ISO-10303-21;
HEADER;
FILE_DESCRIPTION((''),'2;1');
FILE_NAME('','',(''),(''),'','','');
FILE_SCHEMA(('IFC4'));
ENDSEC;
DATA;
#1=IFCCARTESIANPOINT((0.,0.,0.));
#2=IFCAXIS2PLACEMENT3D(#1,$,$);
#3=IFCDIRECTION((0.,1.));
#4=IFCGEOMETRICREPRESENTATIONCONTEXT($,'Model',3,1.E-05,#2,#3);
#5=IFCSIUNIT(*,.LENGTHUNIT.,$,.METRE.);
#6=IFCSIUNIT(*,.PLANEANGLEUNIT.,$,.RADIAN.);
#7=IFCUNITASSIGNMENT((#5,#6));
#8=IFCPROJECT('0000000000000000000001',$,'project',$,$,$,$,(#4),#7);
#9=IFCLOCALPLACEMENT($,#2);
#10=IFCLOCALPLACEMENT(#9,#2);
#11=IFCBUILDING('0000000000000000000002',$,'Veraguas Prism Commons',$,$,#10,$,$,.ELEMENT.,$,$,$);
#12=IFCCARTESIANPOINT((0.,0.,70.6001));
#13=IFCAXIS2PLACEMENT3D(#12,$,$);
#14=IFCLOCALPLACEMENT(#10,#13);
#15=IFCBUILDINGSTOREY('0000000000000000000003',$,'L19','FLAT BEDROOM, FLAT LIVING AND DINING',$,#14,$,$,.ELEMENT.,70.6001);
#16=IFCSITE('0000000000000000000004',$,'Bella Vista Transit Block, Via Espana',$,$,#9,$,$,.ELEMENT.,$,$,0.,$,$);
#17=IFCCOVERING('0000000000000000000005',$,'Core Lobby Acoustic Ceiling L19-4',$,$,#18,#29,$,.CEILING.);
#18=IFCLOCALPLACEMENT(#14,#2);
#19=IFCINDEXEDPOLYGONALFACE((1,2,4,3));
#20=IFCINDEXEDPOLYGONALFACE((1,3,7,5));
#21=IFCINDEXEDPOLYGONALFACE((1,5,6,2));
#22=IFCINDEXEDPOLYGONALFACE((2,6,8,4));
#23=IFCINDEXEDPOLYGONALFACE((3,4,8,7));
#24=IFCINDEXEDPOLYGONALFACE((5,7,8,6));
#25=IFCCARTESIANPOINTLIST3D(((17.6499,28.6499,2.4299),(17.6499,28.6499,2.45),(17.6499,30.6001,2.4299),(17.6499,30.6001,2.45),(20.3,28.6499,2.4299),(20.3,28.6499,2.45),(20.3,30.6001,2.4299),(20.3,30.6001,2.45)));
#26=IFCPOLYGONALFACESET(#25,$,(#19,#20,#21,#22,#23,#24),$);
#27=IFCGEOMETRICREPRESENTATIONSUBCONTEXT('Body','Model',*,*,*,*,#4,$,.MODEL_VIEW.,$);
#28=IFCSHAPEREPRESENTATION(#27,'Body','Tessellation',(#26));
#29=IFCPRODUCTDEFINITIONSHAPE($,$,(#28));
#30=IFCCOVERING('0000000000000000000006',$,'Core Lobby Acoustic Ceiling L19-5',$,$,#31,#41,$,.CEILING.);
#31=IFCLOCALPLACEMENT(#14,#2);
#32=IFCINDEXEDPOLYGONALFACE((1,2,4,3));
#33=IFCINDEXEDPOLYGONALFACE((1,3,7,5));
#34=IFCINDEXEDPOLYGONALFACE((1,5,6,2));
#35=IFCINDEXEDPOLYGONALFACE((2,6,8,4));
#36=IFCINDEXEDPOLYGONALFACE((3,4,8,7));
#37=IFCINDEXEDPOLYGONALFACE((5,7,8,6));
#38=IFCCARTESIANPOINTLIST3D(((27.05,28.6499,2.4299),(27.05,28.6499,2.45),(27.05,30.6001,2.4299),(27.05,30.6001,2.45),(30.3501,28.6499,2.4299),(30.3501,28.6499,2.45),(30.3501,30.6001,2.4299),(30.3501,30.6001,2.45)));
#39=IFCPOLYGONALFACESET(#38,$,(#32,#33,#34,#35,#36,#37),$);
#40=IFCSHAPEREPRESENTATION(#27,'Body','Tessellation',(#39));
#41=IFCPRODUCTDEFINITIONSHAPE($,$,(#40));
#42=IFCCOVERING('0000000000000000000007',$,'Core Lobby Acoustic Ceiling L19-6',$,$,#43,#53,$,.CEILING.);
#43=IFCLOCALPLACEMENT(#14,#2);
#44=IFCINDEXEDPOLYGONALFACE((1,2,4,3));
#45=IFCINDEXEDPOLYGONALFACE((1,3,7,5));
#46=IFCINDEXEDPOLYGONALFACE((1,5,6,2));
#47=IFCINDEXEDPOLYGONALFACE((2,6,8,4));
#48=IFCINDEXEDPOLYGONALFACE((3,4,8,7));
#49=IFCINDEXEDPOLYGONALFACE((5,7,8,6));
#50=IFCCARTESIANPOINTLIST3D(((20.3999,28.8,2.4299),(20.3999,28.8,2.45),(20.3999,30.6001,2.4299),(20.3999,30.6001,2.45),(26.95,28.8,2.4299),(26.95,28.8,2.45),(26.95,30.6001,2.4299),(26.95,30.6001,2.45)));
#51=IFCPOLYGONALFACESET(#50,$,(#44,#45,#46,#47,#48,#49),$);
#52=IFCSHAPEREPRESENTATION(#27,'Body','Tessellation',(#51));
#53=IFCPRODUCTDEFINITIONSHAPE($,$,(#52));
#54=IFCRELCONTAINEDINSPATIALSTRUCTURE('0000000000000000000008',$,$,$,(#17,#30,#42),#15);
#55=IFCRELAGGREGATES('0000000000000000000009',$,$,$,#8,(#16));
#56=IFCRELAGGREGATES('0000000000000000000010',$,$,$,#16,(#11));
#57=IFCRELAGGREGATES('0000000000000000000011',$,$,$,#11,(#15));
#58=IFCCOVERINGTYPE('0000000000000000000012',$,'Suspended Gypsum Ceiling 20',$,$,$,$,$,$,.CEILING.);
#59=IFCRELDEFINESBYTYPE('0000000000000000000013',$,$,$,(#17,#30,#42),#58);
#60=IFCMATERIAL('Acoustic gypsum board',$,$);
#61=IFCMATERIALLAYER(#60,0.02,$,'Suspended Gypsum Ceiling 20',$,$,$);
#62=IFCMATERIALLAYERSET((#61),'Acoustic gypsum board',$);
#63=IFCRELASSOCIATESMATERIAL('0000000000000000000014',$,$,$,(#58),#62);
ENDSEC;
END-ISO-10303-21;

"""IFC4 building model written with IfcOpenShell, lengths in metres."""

from ifc_helpers import new_model, si_unit, direction, frame, origin, place, context, subcontext, project, spatial, polyline, outline, extrude, material, layer, layer_set, type_object, element, save


model = new_model("IFC4")

# Units and contexts
model_context = context("Model", 3, precision=1e-05, world=origin(), true_north=direction((0.0, 1.0)))
body_context = subcontext(model_context, "Body", "Model", "MODEL_VIEW")
ifc_project = project(units=[si_unit("LENGTHUNIT", "METRE"), si_unit("PLANEANGLEUNIT", "RADIAN")], contexts=[model_context])

# Site, building, storey
site_placement = place(None, origin())
site = spatial("IfcSite", under=ifc_project, at=site_placement, Name="Bella Vista Transit Block, Via Espana", CompositionType="ELEMENT", RefElevation=0.0)
building_placement = place(site_placement, origin())
building = spatial("IfcBuilding", under=site, at=building_placement, Name="Veraguas Prism Commons", CompositionType="ELEMENT")
storey_placement = place(building_placement, frame((0.0, 0.0, 70.6001)))
storey = spatial("IfcBuildingStorey", under=building, at=storey_placement, Name="L19", Description="FLAT BEDROOM, FLAT LIVING AND DINING", CompositionType="ELEMENT", Elevation=70.6001)

# Coverings
ifc_material_1 = material(Name="Acoustic gypsum board")
ifc_layer_1 = layer(ifc_material_1, 0.02, Name="Suspended Gypsum Ceiling 20")
ifc_layer_set_1 = layer_set([ifc_layer_1], Name="Acoustic gypsum board")
covering_type_1 = type_object("IfcCoveringType", Name="Suspended Gypsum Ceiling 20", PredefinedType="CEILING", material=ifc_layer_set_1)
covering_1_placement = place(storey_placement, frame((0.0, 0.0, 2.4299)))
element("IfcCovering", 1, at=covering_1_placement, inside=storey, type_object=covering_type_1, Name="Core Lobby Acoustic Ceiling L19-4", PredefinedType="CEILING", context=body_context, shape_type="SweptSolid", body=[
    extrude(outline(polyline([(17.6499, 28.6499), (20.3, 28.6499), (20.3, 30.6001), (17.6499, 30.6001), (17.6499, 28.6499)])), origin(), (0.0, 0.0, 1.0), 0.02),
])
covering_2_placement = place(storey_placement, frame((0.0, 0.0, 2.4299)))
element("IfcCovering", 2, at=covering_2_placement, inside=storey, type_object=covering_type_1, Name="Core Lobby Acoustic Ceiling L19-5", PredefinedType="CEILING", context=body_context, shape_type="SweptSolid", body=[
    extrude(outline(polyline([(27.05, 28.6499), (30.3501, 28.6499), (30.3501, 30.6001), (27.05, 30.6001), (27.05, 28.6499)])), origin(), (0.0, 0.0, 1.0), 0.02),
])
covering_3_placement = place(storey_placement, frame((0.0, 0.0, 2.4299)))
element("IfcCovering", 3, at=covering_3_placement, inside=storey, type_object=covering_type_1, Name="Core Lobby Acoustic Ceiling L19-6", PredefinedType="CEILING", context=body_context, shape_type="SweptSolid", body=[
    extrude(outline(polyline([(20.3999, 28.8), (26.95, 28.8), (26.95, 30.6001), (20.3999, 30.6001), (20.3999, 28.8)])), origin(), (0.0, 0.0, 1.0), 0.02),
])

save(model, "model.ifc")
